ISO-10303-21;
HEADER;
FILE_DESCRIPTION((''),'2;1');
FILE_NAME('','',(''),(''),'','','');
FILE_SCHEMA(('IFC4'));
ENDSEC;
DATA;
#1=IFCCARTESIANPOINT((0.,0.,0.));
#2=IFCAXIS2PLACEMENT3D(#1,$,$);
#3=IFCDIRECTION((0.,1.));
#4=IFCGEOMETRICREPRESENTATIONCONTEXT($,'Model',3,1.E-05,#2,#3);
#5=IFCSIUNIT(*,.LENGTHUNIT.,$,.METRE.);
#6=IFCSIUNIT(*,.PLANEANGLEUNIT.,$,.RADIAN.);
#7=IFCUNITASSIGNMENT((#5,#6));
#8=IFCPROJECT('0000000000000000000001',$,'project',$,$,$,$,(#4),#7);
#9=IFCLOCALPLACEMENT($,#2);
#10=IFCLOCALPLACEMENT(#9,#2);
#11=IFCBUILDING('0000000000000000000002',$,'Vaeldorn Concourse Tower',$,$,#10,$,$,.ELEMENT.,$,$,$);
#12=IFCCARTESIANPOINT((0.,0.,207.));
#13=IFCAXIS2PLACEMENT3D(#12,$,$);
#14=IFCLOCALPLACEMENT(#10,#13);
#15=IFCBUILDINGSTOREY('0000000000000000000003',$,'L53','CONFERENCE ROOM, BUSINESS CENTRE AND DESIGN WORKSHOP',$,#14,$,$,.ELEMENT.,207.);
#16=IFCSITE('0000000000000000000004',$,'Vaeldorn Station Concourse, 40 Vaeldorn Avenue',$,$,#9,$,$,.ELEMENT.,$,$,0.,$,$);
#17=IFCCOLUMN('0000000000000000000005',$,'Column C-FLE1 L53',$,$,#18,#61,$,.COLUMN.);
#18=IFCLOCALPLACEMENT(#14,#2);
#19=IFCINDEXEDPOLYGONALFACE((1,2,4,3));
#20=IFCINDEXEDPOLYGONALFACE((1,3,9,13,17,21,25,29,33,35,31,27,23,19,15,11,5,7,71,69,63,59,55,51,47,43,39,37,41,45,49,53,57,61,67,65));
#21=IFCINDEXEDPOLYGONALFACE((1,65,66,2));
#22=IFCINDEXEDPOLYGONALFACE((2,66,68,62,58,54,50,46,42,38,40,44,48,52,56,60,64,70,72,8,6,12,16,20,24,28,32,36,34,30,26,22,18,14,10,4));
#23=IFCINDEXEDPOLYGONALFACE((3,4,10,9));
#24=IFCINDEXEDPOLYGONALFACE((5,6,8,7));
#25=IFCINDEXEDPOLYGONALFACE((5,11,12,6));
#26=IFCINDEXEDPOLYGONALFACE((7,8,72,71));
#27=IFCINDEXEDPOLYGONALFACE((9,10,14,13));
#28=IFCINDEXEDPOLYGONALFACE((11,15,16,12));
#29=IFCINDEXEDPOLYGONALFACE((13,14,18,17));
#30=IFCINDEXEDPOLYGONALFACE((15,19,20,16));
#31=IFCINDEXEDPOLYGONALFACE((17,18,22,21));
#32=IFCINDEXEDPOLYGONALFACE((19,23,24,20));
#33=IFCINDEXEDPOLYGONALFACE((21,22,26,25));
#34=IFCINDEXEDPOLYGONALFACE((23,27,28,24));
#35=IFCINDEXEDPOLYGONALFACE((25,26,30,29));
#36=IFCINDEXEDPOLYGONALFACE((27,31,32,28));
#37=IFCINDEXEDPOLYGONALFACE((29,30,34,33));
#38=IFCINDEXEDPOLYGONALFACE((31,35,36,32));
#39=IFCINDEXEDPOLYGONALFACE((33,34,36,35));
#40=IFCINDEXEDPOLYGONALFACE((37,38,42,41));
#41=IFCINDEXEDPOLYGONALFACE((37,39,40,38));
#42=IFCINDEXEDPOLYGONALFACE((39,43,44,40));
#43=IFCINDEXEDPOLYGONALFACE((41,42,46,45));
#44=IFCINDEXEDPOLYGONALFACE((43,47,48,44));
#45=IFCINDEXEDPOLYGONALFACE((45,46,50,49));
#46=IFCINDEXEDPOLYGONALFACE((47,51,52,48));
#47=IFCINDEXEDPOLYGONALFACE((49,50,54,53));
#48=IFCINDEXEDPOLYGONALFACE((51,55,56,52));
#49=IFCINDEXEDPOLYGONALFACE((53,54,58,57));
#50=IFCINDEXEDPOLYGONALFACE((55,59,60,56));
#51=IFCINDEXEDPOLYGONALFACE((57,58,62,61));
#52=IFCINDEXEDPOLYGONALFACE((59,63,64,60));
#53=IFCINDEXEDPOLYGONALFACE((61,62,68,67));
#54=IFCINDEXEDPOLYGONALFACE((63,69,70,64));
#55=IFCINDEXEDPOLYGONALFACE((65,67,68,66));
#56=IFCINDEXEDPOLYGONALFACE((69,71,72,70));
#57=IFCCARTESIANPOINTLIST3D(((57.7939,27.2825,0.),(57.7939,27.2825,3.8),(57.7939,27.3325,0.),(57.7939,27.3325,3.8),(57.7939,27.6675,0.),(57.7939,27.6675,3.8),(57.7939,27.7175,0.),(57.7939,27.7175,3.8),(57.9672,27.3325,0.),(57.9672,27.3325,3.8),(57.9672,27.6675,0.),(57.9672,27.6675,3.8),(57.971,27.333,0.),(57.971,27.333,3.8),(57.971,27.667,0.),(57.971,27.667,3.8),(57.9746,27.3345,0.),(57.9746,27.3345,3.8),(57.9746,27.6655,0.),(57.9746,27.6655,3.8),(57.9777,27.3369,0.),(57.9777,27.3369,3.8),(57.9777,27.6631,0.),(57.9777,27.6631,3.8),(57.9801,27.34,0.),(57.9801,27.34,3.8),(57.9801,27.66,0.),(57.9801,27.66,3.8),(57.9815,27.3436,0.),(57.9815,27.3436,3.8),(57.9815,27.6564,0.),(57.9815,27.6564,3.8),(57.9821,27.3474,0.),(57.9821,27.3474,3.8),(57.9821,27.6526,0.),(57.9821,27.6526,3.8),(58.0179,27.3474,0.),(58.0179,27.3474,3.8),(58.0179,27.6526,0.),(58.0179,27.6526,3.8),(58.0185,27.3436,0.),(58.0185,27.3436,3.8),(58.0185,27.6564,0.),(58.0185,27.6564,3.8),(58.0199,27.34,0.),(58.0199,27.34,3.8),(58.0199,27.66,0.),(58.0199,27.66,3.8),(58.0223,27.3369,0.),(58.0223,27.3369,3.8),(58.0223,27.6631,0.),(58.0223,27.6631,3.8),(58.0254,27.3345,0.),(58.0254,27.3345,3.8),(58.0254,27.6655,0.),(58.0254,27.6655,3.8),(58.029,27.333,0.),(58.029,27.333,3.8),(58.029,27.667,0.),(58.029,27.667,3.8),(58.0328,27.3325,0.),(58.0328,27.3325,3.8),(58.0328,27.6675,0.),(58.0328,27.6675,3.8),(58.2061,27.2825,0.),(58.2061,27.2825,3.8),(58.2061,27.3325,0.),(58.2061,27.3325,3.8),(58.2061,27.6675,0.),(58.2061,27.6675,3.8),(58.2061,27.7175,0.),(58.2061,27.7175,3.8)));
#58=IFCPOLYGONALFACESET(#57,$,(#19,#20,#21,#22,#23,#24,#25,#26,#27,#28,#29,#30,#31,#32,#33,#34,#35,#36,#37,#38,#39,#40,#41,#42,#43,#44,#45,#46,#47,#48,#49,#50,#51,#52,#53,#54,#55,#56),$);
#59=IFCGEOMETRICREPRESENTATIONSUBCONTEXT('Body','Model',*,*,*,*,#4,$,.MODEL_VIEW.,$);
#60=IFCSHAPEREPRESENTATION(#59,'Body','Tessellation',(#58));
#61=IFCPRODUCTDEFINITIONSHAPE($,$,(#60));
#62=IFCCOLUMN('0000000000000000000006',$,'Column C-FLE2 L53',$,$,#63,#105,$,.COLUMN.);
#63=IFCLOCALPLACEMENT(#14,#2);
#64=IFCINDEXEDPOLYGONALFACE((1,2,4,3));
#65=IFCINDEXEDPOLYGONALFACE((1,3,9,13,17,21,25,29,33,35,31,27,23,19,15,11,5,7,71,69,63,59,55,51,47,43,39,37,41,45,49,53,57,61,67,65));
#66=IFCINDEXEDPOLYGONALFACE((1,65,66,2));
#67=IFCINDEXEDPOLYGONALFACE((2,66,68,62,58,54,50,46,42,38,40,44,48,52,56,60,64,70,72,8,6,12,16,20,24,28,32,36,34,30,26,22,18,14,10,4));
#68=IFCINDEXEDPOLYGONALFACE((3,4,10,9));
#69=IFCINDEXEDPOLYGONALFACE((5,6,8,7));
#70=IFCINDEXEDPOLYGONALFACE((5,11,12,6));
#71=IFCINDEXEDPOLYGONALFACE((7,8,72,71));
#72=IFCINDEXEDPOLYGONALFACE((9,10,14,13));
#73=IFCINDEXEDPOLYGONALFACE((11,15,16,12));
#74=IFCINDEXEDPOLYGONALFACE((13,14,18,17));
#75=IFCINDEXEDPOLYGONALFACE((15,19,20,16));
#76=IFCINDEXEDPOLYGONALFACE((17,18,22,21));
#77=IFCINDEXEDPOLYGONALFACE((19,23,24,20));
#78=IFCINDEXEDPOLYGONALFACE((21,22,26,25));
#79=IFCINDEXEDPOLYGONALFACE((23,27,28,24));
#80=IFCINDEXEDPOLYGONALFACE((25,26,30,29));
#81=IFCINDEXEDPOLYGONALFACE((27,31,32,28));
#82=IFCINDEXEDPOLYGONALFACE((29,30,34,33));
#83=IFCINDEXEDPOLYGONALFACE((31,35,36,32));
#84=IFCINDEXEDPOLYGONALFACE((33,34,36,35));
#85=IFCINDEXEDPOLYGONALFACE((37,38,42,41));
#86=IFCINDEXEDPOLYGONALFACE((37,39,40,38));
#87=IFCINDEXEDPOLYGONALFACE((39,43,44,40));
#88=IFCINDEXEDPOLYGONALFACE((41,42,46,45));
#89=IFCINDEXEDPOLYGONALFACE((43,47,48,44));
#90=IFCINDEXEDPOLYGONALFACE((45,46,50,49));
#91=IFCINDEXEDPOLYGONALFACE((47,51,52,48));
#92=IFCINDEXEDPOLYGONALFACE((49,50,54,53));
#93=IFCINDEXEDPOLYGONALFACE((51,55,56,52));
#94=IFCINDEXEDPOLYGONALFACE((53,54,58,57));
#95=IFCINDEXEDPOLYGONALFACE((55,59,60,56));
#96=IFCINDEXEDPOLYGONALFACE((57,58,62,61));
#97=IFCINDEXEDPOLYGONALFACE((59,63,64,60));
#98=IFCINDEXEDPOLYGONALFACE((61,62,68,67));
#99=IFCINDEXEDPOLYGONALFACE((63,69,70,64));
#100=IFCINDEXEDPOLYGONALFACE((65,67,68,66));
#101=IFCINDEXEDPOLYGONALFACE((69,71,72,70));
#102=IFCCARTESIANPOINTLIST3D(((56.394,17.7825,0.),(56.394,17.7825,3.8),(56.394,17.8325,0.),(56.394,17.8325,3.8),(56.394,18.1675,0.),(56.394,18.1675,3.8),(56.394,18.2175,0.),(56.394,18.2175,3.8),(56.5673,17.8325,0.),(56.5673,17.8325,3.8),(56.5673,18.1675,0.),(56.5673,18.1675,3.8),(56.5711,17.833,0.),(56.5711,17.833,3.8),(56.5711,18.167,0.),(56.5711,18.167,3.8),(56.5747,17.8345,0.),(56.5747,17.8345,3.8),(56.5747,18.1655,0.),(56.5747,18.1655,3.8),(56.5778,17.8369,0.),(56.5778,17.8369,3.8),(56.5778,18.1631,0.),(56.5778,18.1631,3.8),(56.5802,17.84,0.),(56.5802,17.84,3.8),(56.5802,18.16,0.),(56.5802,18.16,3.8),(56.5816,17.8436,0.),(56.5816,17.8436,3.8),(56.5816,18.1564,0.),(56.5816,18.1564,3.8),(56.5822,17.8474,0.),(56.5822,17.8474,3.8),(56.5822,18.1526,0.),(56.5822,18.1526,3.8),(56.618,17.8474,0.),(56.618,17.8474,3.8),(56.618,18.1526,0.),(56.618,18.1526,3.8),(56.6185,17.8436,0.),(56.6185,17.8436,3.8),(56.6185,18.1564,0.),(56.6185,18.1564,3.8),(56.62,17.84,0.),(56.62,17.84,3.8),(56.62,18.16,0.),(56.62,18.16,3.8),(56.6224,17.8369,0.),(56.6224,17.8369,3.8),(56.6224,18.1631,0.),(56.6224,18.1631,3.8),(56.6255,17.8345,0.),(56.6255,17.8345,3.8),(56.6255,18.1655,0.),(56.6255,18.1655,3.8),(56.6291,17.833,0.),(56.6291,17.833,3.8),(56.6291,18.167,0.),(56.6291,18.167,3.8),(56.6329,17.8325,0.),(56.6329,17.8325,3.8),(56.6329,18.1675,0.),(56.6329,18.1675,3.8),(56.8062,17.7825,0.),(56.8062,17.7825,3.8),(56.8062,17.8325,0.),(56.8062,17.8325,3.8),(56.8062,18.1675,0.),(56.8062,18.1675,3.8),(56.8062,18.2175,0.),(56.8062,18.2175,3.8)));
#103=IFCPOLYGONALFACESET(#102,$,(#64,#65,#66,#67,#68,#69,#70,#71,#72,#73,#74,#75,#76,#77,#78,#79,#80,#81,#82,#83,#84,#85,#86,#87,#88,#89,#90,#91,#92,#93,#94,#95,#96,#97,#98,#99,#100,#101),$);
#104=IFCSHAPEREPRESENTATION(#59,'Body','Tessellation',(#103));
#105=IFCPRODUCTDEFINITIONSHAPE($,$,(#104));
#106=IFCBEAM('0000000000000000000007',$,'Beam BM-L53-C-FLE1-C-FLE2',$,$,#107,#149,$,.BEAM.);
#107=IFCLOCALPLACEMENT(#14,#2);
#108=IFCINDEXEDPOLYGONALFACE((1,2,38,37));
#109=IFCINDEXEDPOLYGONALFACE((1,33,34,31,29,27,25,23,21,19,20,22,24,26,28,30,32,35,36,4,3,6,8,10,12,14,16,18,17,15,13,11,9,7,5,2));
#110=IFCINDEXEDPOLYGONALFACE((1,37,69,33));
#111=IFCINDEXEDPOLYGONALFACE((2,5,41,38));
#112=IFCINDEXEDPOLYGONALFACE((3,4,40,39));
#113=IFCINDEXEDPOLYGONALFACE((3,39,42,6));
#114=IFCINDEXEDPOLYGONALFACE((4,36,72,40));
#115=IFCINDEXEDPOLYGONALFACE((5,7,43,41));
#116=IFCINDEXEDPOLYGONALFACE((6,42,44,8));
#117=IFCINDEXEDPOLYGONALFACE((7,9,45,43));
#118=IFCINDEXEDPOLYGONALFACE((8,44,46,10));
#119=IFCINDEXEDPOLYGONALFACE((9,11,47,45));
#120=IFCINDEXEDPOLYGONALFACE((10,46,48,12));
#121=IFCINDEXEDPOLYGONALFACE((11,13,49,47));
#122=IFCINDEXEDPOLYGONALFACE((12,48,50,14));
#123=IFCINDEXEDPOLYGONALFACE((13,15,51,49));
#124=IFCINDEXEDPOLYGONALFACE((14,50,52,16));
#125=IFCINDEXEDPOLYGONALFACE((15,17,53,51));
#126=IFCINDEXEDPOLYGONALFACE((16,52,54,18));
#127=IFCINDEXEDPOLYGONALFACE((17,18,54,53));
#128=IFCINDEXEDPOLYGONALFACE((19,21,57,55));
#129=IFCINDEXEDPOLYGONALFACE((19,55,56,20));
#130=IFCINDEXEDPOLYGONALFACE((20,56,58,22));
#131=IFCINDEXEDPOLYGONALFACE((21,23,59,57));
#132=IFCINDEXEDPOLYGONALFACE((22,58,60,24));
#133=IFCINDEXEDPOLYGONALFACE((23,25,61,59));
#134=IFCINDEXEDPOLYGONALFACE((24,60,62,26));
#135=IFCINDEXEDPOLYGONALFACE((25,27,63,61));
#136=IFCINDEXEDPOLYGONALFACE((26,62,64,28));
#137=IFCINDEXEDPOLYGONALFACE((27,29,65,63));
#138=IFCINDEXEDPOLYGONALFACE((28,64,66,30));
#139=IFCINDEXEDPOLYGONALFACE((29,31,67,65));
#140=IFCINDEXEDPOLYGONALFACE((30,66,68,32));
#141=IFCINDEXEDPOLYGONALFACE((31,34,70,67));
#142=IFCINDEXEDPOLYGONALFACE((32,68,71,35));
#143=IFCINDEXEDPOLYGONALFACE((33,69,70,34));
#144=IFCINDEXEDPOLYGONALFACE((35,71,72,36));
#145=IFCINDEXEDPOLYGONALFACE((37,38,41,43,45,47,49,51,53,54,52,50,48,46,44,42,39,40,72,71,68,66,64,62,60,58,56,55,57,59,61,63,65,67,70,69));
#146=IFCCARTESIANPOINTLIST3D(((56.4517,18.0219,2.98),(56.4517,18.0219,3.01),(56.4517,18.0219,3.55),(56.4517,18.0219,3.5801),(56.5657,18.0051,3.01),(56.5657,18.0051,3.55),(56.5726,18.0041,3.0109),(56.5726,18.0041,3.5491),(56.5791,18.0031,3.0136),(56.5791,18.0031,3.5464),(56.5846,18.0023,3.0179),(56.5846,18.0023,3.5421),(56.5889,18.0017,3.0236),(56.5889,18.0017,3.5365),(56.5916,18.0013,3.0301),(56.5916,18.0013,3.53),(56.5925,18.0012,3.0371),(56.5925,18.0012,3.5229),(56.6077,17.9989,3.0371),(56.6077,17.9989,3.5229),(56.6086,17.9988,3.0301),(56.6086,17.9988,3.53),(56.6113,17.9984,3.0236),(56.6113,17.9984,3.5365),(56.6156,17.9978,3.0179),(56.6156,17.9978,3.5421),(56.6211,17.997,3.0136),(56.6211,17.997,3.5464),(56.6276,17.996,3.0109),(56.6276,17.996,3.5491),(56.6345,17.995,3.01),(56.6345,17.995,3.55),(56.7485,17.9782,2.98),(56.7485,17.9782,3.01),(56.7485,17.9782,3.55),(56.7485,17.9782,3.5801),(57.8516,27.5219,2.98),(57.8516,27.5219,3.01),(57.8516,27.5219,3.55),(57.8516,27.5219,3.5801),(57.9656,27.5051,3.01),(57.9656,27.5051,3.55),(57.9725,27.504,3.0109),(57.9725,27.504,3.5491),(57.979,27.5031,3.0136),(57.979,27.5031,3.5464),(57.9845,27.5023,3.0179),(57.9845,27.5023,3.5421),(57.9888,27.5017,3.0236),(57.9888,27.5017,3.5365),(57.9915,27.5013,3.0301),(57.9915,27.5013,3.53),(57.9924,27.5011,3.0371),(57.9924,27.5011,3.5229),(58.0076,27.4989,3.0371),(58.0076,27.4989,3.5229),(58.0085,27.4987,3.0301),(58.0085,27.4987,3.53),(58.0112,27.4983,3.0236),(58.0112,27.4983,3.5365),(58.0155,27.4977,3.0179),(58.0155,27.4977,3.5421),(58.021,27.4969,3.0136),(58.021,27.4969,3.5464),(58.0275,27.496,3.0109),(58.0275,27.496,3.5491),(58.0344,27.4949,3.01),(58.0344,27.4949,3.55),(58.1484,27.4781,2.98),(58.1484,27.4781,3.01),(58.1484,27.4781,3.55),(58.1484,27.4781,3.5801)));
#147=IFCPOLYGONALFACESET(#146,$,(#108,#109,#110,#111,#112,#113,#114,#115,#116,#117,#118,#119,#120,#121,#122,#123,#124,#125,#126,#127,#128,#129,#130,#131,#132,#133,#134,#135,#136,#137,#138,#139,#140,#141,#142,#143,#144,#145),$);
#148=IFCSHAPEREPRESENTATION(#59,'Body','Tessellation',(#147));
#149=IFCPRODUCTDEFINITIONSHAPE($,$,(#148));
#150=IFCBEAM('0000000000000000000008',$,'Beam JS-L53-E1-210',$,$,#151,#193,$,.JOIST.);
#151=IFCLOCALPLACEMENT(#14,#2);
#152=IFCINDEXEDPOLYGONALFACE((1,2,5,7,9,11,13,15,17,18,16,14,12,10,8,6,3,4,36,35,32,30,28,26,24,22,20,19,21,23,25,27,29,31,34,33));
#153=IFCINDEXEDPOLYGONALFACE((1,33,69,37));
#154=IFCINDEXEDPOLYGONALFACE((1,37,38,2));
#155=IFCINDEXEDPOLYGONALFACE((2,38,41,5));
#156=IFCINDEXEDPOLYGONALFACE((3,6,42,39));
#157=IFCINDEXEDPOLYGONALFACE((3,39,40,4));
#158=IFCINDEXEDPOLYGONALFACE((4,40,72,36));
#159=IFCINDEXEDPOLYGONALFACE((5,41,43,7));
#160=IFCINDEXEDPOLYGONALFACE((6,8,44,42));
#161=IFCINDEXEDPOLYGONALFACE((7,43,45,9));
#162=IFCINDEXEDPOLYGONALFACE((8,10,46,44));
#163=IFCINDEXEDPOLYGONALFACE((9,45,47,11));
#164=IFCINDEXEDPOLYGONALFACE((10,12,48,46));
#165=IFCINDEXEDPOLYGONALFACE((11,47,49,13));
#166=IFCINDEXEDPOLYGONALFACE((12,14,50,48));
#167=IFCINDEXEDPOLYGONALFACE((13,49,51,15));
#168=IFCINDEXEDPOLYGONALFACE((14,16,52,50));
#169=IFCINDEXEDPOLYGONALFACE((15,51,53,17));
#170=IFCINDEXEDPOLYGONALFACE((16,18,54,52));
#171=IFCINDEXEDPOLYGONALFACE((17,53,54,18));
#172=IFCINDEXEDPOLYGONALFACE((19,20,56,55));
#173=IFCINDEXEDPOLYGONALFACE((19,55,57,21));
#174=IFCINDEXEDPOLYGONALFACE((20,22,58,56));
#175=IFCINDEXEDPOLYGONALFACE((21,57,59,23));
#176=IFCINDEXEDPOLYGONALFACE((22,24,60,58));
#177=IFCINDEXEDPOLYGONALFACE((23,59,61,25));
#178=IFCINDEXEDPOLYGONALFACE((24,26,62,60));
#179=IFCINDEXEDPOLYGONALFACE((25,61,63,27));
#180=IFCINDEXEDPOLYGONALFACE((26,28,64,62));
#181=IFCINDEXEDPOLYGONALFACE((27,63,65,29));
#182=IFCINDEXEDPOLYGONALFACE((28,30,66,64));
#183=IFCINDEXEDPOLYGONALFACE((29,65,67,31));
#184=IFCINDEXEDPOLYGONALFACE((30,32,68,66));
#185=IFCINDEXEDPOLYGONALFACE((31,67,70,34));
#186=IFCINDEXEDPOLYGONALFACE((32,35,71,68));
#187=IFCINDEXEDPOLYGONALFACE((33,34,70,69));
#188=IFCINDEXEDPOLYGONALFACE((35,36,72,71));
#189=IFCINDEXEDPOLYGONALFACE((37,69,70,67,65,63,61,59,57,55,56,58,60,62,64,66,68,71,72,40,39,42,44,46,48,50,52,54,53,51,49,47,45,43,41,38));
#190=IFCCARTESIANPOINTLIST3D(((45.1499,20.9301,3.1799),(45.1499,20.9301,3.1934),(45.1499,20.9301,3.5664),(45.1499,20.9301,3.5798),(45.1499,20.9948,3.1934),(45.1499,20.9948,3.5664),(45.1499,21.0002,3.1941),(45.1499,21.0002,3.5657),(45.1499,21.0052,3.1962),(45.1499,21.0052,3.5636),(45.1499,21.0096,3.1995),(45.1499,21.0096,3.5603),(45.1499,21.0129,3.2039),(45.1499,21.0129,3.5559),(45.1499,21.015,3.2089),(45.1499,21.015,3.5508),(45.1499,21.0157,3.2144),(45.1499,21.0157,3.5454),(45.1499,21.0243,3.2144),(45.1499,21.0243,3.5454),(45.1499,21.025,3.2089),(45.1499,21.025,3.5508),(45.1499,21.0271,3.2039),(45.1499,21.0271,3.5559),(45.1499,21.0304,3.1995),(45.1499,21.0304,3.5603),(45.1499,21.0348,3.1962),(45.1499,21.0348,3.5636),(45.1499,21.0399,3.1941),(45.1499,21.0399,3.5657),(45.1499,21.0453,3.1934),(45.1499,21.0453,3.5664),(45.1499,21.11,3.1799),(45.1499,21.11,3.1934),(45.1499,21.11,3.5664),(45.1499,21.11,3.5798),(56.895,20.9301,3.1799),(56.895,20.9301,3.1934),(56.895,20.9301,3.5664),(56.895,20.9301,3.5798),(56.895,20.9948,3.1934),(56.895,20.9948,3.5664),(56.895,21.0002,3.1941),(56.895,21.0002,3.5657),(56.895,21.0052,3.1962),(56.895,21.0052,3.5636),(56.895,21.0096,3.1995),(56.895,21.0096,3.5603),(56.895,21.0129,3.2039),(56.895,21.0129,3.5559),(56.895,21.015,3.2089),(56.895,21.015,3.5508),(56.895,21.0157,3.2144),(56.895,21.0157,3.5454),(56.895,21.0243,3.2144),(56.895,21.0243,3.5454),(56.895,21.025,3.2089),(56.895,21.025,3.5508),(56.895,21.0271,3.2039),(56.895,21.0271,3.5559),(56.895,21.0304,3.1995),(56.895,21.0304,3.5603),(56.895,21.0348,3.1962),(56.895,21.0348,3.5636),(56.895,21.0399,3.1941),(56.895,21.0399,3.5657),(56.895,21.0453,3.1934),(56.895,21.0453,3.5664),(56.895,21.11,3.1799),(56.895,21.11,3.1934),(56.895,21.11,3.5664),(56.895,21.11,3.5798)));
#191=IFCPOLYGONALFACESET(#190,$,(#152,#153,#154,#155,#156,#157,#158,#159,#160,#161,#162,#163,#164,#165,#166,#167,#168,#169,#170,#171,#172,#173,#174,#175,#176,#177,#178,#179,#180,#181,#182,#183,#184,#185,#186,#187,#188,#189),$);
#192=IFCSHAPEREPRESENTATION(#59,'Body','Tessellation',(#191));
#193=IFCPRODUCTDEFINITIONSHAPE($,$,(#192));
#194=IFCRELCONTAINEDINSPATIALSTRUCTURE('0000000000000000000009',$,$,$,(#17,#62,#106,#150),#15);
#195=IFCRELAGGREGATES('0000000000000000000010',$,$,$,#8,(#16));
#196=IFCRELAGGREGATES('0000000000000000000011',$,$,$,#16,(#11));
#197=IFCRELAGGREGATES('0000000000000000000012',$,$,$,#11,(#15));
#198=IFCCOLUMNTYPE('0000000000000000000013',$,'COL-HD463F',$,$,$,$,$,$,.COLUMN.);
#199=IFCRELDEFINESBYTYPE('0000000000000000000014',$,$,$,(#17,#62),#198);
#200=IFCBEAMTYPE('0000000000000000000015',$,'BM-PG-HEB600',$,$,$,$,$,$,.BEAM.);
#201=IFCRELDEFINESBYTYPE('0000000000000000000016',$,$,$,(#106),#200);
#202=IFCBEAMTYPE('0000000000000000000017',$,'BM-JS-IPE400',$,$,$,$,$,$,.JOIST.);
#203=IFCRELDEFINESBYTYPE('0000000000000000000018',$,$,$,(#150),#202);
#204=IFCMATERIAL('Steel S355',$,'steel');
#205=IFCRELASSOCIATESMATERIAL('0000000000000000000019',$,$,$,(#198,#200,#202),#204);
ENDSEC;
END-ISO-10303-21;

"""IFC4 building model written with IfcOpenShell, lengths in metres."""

from ifc_helpers import new_model, si_unit, direction, frame, origin, origin_2d, place, context, subcontext, project, spatial, i_section, extrude, source, transform, mapped, material, material_profile, profile_set, type_object, element, save


model = new_model("IFC4")

# Units and contexts
model_context = context("Model", 3, precision=1e-05, world=origin(), true_north=direction((0.0, 1.0)))
body_context = subcontext(model_context, "Body", "Model", "MODEL_VIEW")
ifc_project = project(units=[si_unit("LENGTHUNIT", "METRE"), si_unit("PLANEANGLEUNIT", "RADIAN")], contexts=[model_context])

# Site, building, storey
site_placement = place(None, origin())
site = spatial("IfcSite", under=ifc_project, at=site_placement, Name="Vaeldorn Station Concourse, 40 Vaeldorn Avenue", CompositionType="ELEMENT", RefElevation=0.0)
building_placement = place(site_placement, origin())
building = spatial("IfcBuilding", under=site, at=building_placement, Name="Vaeldorn Concourse Tower", CompositionType="ELEMENT")
storey_placement = place(building_placement, frame((0.0, 0.0, 207.0)))
storey = spatial("IfcBuildingStorey", under=building, at=storey_placement, Name="L53", Description="CONFERENCE ROOM, BUSINESS CENTRE AND DESIGN WORKSHOP", CompositionType="ELEMENT", Elevation=207.0)

# Columns
ifc_material_1 = material(Name="Steel S355", Category="steel")
ifc_material_profile_1 = material_profile(ifc_material_1, i_section(OverallWidth=0.4121, OverallDepth=0.4351, WebThickness=0.0359, FlangeThickness=0.05, FilletRadius=0.0149, at=origin_2d()), Name="HD 400x463")
ifc_profile_set_1 = profile_set([ifc_material_profile_1], Name="Steel S355")
column_type = type_object("IfcColumnType", Name="COL-HD463F", PredefinedType="COLUMN", material=ifc_profile_set_1)
shared_shape_1 = source(origin(), body_context, "Body", "SweptSolid", [
    extrude(i_section(OverallWidth=0.4121, OverallDepth=0.4351, WebThickness=0.0359, FlangeThickness=0.05, FilletRadius=0.0149, at=origin_2d()), origin(), (0.0, 0.0, 1.0), 3.8),
])
for number, where, z_axis, x_axis, name in (
    (1, (58.0, 27.5, 0.0), (0.0, 0.0, 1.0), (1.0, 0.0, 0.0), "Column C-FLE1 L53"),
    (2, (56.6001, 18.0, 0.0), (0.0, 0.0, 1.0), (1.0, 0.0, 0.0), "Column C-FLE2 L53"),
):
    element("IfcColumn", number, at=place(storey_placement, frame(where, z_axis=z_axis, x_axis=x_axis)), inside=storey, type_object=column_type, Name=name, PredefinedType="COLUMN", context=body_context, shape_type="MappedRepresentation", body=[
        mapped(shared_shape_1, transform((0.0, 0.0, 0.0), scale=1.0)),
    ])

# Beams
ifc_material_profile_2 = material_profile(ifc_material_1, i_section(OverallWidth=0.3, OverallDepth=0.6001, WebThickness=0.0154, FlangeThickness=0.03, FilletRadius=0.0271, at=origin_2d()), Name="HEB 600")
ifc_profile_set_2 = profile_set([ifc_material_profile_2], Name="Steel S355")
beam_type_1 = type_object("IfcBeamType", Name="BM-PG-HEB600", PredefinedType="BEAM", material=ifc_profile_set_2)
shared_shape_2 = source(origin(), body_context, "Body", "SweptSolid", [
    extrude(i_section(OverallWidth=0.3, OverallDepth=0.6001, WebThickness=0.0154, FlangeThickness=0.03, FilletRadius=0.0271, at=origin_2d()), origin(), (0.0, 0.0, 1.0), 9.6025),
])
beam_1_placement = place(storey_placement, frame((58.0, 27.5, 3.28), z_axis=(-0.145784, -0.989316, 0.0), x_axis=(0.989316, -0.145784, 0.0)))
element("IfcBeam", 3, at=beam_1_placement, inside=storey, type_object=beam_type_1, Name="Beam BM-L53-C-FLE1-C-FLE2", PredefinedType="BEAM", context=body_context, shape_type="MappedRepresentation", body=[
    mapped(shared_shape_2, transform((0.0, 0.0, 0.0), scale=1.0)),
])
ifc_material_profile_3 = material_profile(ifc_material_1, i_section(OverallWidth=0.1799, OverallDepth=0.3999, WebThickness=0.0085, FlangeThickness=0.0134, FilletRadius=0.021, at=origin_2d()), Name="IPE 400")
ifc_profile_set_3 = profile_set([ifc_material_profile_3], Name="Steel S355")
beam_type_2 = type_object("IfcBeamType", Name="BM-JS-IPE400", PredefinedType="JOIST", material=ifc_profile_set_3)
shared_shape_3 = source(origin(), body_context, "Body", "SweptSolid", [
    extrude(i_section(OverallWidth=0.1799, OverallDepth=0.3999, WebThickness=0.0085, FlangeThickness=0.0134, FilletRadius=0.021, at=origin_2d()), origin(), (0.0, 0.0, 1.0), 11.7451),
])
beam_2_placement = place(storey_placement, frame((45.1499, 21.02, 3.3799), z_axis=(1.0, 0.0, 0.0), x_axis=(0.0, 1.0, 0.0)))
element("IfcBeam", 4, at=beam_2_placement, inside=storey, type_object=beam_type_2, Name="Beam JS-L53-E1-210", PredefinedType="JOIST", context=body_context, shape_type="MappedRepresentation", body=[
    mapped(shared_shape_3, transform((0.0, 0.0, 0.0), scale=1.0)),
])

save(model, "model.ifc")
